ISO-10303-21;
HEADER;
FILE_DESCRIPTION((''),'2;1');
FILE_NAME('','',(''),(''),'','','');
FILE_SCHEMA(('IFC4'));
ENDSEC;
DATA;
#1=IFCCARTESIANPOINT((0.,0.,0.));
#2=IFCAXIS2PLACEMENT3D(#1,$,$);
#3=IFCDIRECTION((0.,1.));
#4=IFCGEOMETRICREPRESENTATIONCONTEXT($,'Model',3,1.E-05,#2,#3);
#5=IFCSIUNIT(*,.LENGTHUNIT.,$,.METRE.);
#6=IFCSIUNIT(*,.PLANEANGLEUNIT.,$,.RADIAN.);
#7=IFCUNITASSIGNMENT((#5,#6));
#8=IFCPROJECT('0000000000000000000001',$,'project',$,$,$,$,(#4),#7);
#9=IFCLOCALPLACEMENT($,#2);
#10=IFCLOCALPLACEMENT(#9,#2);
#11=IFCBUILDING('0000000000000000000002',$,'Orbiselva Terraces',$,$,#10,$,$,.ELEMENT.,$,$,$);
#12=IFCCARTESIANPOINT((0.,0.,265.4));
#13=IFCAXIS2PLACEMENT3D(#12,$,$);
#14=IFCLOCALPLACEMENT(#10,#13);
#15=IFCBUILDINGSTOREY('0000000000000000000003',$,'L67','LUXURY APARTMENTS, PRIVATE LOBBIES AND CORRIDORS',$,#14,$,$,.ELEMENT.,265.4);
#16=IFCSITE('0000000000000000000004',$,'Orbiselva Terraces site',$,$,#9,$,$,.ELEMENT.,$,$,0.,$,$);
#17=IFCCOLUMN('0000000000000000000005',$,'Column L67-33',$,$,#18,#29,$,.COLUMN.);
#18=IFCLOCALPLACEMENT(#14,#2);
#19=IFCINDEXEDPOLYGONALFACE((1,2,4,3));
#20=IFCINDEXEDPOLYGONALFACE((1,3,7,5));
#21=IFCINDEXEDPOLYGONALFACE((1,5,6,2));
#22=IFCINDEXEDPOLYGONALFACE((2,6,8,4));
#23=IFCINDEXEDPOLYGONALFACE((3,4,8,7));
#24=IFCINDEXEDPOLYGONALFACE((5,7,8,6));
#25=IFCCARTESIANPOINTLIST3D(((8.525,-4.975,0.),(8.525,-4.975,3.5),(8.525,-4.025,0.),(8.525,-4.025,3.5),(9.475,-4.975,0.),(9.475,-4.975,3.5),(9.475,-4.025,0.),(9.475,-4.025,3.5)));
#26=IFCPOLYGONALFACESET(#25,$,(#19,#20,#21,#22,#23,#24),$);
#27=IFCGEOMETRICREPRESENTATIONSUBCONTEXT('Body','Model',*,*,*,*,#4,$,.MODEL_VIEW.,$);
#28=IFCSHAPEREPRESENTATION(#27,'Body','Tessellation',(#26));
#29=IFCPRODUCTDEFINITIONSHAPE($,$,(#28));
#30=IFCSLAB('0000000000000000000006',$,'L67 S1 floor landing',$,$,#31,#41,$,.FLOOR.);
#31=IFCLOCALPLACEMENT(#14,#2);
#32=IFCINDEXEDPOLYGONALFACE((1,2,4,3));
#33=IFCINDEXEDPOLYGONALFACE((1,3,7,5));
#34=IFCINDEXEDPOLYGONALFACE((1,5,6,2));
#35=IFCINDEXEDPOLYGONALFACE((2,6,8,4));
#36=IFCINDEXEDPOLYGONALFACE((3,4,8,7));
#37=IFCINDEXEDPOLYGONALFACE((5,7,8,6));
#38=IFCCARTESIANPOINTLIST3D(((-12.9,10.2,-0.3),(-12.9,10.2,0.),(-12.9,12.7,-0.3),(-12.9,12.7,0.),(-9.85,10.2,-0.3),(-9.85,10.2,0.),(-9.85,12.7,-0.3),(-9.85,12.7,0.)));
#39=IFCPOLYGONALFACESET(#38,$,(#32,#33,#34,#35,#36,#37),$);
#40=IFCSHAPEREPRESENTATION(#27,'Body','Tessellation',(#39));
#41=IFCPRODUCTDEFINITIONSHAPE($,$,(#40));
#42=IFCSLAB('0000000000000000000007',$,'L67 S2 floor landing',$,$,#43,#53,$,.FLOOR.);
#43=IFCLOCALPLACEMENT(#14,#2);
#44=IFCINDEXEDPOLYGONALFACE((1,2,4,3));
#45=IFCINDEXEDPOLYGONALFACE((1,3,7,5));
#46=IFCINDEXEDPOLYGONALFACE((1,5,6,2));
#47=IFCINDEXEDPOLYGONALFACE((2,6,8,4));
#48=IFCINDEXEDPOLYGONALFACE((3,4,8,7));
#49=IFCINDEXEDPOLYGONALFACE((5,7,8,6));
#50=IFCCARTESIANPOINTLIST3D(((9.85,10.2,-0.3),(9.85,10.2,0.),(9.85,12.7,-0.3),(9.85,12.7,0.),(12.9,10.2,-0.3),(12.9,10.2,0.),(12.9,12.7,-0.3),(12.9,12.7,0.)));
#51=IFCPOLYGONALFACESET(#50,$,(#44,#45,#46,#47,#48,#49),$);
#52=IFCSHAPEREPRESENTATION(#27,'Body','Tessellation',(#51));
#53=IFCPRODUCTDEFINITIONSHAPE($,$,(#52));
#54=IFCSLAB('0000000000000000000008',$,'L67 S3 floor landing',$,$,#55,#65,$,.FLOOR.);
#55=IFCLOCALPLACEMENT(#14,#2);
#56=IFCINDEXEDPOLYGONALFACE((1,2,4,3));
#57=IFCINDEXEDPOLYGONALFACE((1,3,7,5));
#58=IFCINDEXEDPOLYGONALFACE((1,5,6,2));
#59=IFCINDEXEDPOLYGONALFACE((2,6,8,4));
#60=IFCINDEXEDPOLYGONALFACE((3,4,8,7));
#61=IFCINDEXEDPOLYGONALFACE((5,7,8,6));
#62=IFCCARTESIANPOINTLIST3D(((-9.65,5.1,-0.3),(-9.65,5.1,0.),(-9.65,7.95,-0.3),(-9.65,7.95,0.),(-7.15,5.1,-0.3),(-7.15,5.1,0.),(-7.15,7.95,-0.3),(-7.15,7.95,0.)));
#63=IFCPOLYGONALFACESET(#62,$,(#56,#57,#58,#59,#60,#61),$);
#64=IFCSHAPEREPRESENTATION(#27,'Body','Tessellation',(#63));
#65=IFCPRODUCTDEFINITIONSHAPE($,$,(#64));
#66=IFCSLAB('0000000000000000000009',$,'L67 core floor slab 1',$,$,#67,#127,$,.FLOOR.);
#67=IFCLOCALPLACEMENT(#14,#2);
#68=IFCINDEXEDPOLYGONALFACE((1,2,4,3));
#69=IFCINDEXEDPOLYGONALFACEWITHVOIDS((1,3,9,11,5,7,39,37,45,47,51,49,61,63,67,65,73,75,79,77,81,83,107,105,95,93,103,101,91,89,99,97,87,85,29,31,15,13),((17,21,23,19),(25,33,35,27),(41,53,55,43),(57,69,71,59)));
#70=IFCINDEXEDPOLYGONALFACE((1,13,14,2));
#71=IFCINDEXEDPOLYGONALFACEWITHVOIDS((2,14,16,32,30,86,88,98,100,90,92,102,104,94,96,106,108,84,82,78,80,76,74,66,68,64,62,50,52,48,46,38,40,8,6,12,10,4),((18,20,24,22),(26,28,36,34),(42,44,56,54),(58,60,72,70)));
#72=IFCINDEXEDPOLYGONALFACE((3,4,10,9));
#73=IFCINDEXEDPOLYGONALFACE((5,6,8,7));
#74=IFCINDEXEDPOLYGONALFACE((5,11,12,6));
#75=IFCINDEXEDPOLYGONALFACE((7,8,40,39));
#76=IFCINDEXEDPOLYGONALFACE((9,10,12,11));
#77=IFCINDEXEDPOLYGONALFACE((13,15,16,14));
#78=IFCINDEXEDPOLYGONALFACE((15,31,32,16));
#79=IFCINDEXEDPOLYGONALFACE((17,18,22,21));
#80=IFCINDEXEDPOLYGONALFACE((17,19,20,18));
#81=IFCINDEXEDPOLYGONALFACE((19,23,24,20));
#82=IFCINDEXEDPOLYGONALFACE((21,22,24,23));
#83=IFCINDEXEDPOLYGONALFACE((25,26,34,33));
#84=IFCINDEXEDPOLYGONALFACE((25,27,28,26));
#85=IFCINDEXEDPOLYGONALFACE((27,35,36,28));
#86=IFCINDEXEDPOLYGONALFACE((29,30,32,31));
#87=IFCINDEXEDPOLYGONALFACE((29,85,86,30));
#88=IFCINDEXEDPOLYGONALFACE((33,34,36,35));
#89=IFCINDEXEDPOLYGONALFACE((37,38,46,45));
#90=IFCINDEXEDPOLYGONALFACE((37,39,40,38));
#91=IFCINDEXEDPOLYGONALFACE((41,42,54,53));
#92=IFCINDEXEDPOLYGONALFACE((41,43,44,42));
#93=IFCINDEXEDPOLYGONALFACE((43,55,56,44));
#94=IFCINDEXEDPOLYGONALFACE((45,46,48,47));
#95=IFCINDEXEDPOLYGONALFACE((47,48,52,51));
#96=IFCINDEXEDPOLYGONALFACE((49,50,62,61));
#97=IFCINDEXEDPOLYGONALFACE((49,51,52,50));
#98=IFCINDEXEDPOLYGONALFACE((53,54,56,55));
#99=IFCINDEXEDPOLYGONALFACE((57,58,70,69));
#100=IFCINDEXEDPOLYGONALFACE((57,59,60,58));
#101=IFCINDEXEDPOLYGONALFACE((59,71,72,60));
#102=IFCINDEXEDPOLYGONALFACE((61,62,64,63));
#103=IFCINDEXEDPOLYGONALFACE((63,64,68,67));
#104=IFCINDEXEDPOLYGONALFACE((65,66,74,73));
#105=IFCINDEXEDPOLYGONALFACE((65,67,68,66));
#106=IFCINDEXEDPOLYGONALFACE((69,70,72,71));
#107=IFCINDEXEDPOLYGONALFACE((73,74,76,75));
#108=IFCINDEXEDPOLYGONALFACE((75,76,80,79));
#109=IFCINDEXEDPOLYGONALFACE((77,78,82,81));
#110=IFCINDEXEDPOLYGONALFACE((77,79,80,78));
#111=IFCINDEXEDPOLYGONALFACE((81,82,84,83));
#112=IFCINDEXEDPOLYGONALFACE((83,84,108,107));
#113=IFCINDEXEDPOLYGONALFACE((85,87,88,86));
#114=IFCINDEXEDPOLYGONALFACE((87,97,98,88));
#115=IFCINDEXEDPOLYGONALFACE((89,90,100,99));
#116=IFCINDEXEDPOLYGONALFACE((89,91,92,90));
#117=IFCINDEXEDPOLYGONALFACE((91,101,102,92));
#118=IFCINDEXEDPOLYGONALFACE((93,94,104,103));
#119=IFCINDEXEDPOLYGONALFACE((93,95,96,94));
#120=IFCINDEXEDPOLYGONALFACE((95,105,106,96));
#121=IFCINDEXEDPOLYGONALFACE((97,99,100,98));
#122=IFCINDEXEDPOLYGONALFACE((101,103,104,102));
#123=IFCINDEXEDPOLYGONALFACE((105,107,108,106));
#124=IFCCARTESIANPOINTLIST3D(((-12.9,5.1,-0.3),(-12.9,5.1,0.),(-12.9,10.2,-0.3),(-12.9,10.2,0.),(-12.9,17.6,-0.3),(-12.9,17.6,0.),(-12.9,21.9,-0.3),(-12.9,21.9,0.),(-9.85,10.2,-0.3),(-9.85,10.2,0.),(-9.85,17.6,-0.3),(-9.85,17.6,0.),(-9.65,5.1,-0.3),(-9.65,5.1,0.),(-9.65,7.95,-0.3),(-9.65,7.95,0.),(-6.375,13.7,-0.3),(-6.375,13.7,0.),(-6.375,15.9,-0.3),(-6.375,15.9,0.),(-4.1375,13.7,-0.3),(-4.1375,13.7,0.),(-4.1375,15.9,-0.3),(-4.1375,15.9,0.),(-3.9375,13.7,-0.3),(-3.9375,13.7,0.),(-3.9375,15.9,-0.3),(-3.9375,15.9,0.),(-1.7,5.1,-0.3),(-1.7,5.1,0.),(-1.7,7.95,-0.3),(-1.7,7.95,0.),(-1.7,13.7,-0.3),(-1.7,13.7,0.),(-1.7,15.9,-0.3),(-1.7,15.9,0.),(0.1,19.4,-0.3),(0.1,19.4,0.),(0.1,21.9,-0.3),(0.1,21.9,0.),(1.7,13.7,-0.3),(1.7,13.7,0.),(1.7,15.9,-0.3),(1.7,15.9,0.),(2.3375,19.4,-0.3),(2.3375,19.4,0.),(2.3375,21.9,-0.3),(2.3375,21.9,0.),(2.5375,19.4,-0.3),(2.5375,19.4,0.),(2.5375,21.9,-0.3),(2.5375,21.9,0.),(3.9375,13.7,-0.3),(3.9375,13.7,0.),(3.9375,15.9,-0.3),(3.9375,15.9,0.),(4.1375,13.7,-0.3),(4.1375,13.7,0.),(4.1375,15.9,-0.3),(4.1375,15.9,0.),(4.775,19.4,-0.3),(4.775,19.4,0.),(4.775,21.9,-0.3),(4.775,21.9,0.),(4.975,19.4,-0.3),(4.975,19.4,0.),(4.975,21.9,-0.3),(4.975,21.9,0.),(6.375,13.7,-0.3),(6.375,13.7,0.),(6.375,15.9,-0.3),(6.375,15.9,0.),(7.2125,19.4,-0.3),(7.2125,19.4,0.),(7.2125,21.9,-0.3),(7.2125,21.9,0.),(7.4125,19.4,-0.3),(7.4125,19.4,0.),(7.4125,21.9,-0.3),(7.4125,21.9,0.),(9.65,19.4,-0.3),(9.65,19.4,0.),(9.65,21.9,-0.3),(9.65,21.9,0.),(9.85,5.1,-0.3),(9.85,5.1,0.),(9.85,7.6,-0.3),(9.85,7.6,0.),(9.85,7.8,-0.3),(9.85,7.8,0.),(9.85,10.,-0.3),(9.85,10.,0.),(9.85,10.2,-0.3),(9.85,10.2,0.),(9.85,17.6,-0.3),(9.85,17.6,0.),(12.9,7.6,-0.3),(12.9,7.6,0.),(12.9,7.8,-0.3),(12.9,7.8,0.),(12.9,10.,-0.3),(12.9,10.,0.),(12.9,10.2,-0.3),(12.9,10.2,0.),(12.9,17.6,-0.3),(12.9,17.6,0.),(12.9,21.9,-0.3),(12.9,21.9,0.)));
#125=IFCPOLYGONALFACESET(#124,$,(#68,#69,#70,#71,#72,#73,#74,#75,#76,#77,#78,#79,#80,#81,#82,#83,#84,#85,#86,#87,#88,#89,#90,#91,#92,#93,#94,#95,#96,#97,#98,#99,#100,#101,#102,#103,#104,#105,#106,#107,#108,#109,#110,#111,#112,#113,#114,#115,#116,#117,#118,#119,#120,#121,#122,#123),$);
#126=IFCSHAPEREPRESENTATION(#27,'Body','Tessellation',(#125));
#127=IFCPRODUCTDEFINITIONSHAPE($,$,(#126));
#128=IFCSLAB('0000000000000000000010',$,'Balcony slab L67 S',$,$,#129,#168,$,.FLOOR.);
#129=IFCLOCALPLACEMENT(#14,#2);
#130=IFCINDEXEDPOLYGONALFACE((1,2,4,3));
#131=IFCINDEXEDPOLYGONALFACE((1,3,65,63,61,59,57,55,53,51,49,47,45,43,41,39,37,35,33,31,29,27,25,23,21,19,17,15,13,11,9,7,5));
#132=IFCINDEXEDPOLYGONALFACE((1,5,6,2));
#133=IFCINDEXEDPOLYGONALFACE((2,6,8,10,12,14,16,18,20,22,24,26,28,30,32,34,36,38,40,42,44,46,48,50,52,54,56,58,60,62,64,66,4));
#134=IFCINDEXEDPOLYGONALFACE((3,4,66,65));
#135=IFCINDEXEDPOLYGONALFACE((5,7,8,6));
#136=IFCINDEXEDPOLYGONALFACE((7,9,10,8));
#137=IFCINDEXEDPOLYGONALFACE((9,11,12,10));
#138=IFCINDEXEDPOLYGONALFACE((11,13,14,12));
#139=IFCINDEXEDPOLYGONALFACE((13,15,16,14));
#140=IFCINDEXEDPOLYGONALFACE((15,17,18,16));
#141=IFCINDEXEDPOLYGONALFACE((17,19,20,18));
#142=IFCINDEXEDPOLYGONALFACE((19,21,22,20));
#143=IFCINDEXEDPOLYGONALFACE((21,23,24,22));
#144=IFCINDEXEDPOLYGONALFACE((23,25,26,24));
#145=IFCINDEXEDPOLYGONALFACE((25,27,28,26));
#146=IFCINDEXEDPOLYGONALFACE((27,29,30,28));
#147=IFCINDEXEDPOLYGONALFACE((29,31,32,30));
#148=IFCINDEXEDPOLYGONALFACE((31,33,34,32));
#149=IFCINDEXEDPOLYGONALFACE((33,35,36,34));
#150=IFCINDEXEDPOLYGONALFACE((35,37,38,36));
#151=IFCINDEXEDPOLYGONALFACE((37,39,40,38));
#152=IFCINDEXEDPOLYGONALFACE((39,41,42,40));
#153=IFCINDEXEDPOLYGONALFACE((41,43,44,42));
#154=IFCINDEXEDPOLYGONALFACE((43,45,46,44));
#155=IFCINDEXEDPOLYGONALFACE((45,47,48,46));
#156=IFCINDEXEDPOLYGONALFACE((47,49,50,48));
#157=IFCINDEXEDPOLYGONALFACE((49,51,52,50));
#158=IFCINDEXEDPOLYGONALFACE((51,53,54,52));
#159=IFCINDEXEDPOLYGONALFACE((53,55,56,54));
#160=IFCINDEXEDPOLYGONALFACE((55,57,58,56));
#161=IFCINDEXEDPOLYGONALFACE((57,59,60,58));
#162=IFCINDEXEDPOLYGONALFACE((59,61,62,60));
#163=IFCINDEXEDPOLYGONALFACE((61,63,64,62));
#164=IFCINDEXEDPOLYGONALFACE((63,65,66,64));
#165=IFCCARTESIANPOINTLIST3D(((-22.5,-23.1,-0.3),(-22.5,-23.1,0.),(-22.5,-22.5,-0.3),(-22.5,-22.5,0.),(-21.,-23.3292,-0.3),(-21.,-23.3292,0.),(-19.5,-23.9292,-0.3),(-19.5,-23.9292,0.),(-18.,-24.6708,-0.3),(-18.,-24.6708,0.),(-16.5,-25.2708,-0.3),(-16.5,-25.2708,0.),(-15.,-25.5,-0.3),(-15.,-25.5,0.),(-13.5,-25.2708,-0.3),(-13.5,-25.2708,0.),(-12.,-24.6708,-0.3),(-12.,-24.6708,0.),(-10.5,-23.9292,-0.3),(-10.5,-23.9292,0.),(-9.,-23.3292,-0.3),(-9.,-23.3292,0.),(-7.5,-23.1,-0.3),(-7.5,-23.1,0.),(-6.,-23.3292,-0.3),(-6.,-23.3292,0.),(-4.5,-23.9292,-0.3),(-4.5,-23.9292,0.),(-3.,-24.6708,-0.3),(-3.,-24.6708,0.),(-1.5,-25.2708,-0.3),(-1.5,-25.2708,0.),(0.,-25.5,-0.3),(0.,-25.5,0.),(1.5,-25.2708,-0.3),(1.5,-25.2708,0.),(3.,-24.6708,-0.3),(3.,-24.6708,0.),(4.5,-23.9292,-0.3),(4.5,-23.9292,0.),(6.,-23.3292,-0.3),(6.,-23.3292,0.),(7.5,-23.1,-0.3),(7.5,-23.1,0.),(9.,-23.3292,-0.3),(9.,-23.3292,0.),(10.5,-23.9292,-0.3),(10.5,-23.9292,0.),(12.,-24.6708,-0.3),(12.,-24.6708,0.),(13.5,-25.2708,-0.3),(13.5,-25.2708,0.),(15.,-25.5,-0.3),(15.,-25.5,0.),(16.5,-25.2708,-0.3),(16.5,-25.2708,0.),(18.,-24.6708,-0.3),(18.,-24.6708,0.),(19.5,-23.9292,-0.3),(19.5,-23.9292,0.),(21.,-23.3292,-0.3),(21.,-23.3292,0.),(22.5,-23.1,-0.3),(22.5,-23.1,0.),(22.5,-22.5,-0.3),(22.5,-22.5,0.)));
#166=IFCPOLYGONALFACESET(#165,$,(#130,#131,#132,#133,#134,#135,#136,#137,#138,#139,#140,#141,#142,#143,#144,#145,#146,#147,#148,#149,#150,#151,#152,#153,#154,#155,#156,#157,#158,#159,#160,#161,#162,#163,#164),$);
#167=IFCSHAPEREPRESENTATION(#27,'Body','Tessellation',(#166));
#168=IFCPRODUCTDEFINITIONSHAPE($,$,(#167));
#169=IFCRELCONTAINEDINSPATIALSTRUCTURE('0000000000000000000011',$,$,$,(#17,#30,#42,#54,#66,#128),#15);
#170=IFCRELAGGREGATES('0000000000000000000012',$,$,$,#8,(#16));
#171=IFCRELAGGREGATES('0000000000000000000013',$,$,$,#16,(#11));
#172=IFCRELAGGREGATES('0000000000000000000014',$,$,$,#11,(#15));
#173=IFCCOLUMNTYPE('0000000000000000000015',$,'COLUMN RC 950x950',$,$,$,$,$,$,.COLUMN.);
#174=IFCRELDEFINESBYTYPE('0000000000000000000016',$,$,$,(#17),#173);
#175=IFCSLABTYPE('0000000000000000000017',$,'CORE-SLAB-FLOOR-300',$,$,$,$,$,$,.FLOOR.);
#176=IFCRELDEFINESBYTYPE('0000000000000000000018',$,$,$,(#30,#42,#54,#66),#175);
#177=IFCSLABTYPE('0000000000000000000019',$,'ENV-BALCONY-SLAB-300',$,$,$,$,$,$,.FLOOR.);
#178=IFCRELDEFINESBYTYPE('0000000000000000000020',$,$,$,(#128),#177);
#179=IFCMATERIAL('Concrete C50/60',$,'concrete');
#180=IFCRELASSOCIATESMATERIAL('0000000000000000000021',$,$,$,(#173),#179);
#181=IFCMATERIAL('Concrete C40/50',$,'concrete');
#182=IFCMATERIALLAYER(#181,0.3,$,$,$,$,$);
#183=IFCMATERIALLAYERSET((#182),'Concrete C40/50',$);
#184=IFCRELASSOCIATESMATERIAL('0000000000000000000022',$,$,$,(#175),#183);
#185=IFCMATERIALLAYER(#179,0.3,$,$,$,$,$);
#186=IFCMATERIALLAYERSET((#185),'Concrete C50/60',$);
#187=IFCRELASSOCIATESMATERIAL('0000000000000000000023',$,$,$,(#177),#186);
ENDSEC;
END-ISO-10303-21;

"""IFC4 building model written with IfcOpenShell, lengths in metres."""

from ifc_helpers import new_model, si_unit, direction, frame, origin, origin_2d, place, context, subcontext, project, spatial, polyline, rectangle, outline, extrude, material, layer, layer_set, material_profile, profile_set, type_object, element, save


model = new_model("IFC4")

# Units and contexts
model_context = context("Model", 3, precision=1e-05, world=origin(), true_north=direction((0.0, 1.0)))
body_context = subcontext(model_context, "Body", "Model", "MODEL_VIEW")
ifc_project = project(units=[si_unit("LENGTHUNIT", "METRE"), si_unit("PLANEANGLEUNIT", "RADIAN")], contexts=[model_context])

# Site, building, storey
site_placement = place(None, origin())
site = spatial("IfcSite", under=ifc_project, at=site_placement, Name="Orbiselva Terraces site", CompositionType="ELEMENT", RefElevation=0.0)
building_placement = place(site_placement, origin())
building = spatial("IfcBuilding", under=site, at=building_placement, Name="Orbiselva Terraces", CompositionType="ELEMENT")
storey_placement = place(building_placement, frame((0.0, 0.0, 265.4)))
storey = spatial("IfcBuildingStorey", under=building, at=storey_placement, Name="L67", Description="LUXURY APARTMENTS, PRIVATE LOBBIES AND CORRIDORS", CompositionType="ELEMENT", Elevation=265.4)

# Column
ifc_material_1 = material(Name="Concrete C50/60", Category="concrete")
ifc_material_profile = material_profile(ifc_material_1, rectangle(XDim=0.95, YDim=0.95, at=origin_2d()), Name="RC 950x950")
ifc_profile_set = profile_set([ifc_material_profile], Name="Concrete C50/60")
column_type = type_object("IfcColumnType", Name="COLUMN RC 950x950", PredefinedType="COLUMN", material=ifc_profile_set)
column_placement = place(storey_placement, frame((9.0, -4.5, 0.0), z_axis=(0.0, 0.0, 1.0), x_axis=(1.0, 0.0, 0.0)))
element("IfcColumn", 1, at=column_placement, inside=storey, type_object=column_type, Name="Column L67-33", PredefinedType="COLUMN", context=body_context, shape_type="SweptSolid", body=[
    extrude(rectangle(XDim=0.95, YDim=0.95, at=origin_2d()), origin(), (0.0, 0.0, 1.0), 3.5),
])

# Slabs
ifc_material_2 = material(Name="Concrete C40/50", Category="concrete")
ifc_layer_1 = layer(ifc_material_2, 0.3)
ifc_layer_set_1 = layer_set([ifc_layer_1], Name="Concrete C40/50")
slab_type_1 = type_object("IfcSlabType", Name="CORE-SLAB-FLOOR-300", PredefinedType="FLOOR", material=ifc_layer_set_1)
slab_1_placement = place(storey_placement, frame((0.0, 0.0, -0.3)))
element("IfcSlab", 2, at=slab_1_placement, inside=storey, type_object=slab_type_1, Name="L67 S1 floor landing", PredefinedType="FLOOR", context=body_context, shape_type="SweptSolid", body=[
    extrude(outline(polyline([(-12.9, 12.7), (-9.85, 12.7), (-9.85, 10.2), (-12.9, 10.2), (-12.9, 12.7)])), origin(), (0.0, 0.0, 1.0), 0.3),
])
slab_2_placement = place(storey_placement, frame((0.0, 0.0, -0.3)))
element("IfcSlab", 3, at=slab_2_placement, inside=storey, type_object=slab_type_1, Name="L67 S2 floor landing", PredefinedType="FLOOR", context=body_context, shape_type="SweptSolid", body=[
    extrude(outline(polyline([(12.9, 12.7), (12.9, 10.2), (9.85, 10.2), (9.85, 12.7), (12.9, 12.7)])), origin(), (0.0, 0.0, 1.0), 0.3),
])
slab_3_placement = place(storey_placement, frame((0.0, 0.0, -0.3)))
element("IfcSlab", 4, at=slab_3_placement, inside=storey, type_object=slab_type_1, Name="L67 S3 floor landing", PredefinedType="FLOOR", context=body_context, shape_type="SweptSolid", body=[
    extrude(outline(polyline([(-7.15, 5.1), (-9.65, 5.1), (-9.65, 7.95), (-7.15, 7.95), (-7.15, 5.1)])), origin(), (0.0, 0.0, 1.0), 0.3),
])
slab_4_placement = place(storey_placement, frame((0.0, 0.0, -0.3)))
element("IfcSlab", 5, at=slab_4_placement, inside=storey, type_object=slab_type_1, Name="L67 core floor slab 1", PredefinedType="FLOOR", context=body_context, shape_type="SweptSolid", body=[
    extrude(outline(polyline([(-1.7, 5.1), (-1.7, 7.95), (-9.65, 7.95), (-9.65, 5.1), (-12.9, 5.1), (-12.9, 10.2), (-9.85, 10.2), (-9.85, 17.6), (-12.9, 17.6), (-12.9, 21.9), (0.1, 21.9), (0.1, 19.4), (2.3375, 19.4), (2.3375, 21.9), (2.5375, 21.9), (2.5375, 19.4), (4.775, 19.4), (4.775, 21.9), (4.975, 21.9), (4.975, 19.4), (7.2125, 19.4), (7.2125, 21.9), (7.4125, 21.9), (7.4125, 19.4), (9.65, 19.4), (9.65, 21.9), (12.9, 21.9), (12.9, 17.6), (9.85, 17.6), (9.85, 10.2), (12.9, 10.2), (12.9, 10.0), (9.85, 10.0), (9.85, 7.8), (12.9, 7.8), (12.9, 7.6), (9.85, 7.6), (9.85, 5.1), (-1.7, 5.1)]), holes=[polyline([(-4.1375, 13.7), (-4.1375, 15.9), (-6.375, 15.9), (-6.375, 13.7), (-4.1375, 13.7)]), polyline([(-1.7, 13.7), (-1.7, 15.9), (-3.9375, 15.9), (-3.9375, 13.7), (-1.7, 13.7)]), polyline([(3.9375, 15.9), (1.7, 15.9), (1.7, 13.7), (3.9375, 13.7), (3.9375, 15.9)]), polyline([(6.375, 13.7), (6.375, 15.9), (4.1375, 15.9), (4.1375, 13.7), (6.375, 13.7)])]), origin(), (0.0, 0.0, 1.0), 0.3),
])
ifc_layer_2 = layer(ifc_material_1, 0.3)
ifc_layer_set_2 = layer_set([ifc_layer_2], Name="Concrete C50/60")
slab_type_2 = type_object("IfcSlabType", Name="ENV-BALCONY-SLAB-300", PredefinedType="FLOOR", material=ifc_layer_set_2)
slab_5_placement = place(storey_placement, frame((0.0, 0.0, -0.3)))
element("IfcSlab", 6, at=slab_5_placement, inside=storey, type_object=slab_type_2, Name="Balcony slab L67 S", PredefinedType="FLOOR", context=body_context, shape_type="SweptSolid", body=[
    extrude(outline(polyline([(-22.5, -23.1), (-21.0, -23.3292), (-19.5, -23.9292), (-18.0, -24.6708), (-16.5, -25.2708), (-15.0, -25.5), (-13.5, -25.2708), (-12.0, -24.6708), (-10.5, -23.9292), (-9.0, -23.3292), (-7.5, -23.1), (-6.0, -23.3292), (-4.5, -23.9292), (-3.0, -24.6708), (-1.5, -25.2708), (0.0, -25.5), (1.5, -25.2708), (3.0, -24.6708), (4.5, -23.9292), (6.0, -23.3292), (7.5, -23.1), (9.0, -23.3292), (10.5, -23.9292), (12.0, -24.6708), (13.5, -25.2708), (15.0, -25.5), (16.5, -25.2708), (18.0, -24.6708), (19.5, -23.9292), (21.0, -23.3292), (22.5, -23.1), (22.5, -22.5), (-22.5, -22.5), (-22.5, -23.1)])), origin(), (0.0, 0.0, 1.0), 0.3),
])

save(model, "model.ifc")
